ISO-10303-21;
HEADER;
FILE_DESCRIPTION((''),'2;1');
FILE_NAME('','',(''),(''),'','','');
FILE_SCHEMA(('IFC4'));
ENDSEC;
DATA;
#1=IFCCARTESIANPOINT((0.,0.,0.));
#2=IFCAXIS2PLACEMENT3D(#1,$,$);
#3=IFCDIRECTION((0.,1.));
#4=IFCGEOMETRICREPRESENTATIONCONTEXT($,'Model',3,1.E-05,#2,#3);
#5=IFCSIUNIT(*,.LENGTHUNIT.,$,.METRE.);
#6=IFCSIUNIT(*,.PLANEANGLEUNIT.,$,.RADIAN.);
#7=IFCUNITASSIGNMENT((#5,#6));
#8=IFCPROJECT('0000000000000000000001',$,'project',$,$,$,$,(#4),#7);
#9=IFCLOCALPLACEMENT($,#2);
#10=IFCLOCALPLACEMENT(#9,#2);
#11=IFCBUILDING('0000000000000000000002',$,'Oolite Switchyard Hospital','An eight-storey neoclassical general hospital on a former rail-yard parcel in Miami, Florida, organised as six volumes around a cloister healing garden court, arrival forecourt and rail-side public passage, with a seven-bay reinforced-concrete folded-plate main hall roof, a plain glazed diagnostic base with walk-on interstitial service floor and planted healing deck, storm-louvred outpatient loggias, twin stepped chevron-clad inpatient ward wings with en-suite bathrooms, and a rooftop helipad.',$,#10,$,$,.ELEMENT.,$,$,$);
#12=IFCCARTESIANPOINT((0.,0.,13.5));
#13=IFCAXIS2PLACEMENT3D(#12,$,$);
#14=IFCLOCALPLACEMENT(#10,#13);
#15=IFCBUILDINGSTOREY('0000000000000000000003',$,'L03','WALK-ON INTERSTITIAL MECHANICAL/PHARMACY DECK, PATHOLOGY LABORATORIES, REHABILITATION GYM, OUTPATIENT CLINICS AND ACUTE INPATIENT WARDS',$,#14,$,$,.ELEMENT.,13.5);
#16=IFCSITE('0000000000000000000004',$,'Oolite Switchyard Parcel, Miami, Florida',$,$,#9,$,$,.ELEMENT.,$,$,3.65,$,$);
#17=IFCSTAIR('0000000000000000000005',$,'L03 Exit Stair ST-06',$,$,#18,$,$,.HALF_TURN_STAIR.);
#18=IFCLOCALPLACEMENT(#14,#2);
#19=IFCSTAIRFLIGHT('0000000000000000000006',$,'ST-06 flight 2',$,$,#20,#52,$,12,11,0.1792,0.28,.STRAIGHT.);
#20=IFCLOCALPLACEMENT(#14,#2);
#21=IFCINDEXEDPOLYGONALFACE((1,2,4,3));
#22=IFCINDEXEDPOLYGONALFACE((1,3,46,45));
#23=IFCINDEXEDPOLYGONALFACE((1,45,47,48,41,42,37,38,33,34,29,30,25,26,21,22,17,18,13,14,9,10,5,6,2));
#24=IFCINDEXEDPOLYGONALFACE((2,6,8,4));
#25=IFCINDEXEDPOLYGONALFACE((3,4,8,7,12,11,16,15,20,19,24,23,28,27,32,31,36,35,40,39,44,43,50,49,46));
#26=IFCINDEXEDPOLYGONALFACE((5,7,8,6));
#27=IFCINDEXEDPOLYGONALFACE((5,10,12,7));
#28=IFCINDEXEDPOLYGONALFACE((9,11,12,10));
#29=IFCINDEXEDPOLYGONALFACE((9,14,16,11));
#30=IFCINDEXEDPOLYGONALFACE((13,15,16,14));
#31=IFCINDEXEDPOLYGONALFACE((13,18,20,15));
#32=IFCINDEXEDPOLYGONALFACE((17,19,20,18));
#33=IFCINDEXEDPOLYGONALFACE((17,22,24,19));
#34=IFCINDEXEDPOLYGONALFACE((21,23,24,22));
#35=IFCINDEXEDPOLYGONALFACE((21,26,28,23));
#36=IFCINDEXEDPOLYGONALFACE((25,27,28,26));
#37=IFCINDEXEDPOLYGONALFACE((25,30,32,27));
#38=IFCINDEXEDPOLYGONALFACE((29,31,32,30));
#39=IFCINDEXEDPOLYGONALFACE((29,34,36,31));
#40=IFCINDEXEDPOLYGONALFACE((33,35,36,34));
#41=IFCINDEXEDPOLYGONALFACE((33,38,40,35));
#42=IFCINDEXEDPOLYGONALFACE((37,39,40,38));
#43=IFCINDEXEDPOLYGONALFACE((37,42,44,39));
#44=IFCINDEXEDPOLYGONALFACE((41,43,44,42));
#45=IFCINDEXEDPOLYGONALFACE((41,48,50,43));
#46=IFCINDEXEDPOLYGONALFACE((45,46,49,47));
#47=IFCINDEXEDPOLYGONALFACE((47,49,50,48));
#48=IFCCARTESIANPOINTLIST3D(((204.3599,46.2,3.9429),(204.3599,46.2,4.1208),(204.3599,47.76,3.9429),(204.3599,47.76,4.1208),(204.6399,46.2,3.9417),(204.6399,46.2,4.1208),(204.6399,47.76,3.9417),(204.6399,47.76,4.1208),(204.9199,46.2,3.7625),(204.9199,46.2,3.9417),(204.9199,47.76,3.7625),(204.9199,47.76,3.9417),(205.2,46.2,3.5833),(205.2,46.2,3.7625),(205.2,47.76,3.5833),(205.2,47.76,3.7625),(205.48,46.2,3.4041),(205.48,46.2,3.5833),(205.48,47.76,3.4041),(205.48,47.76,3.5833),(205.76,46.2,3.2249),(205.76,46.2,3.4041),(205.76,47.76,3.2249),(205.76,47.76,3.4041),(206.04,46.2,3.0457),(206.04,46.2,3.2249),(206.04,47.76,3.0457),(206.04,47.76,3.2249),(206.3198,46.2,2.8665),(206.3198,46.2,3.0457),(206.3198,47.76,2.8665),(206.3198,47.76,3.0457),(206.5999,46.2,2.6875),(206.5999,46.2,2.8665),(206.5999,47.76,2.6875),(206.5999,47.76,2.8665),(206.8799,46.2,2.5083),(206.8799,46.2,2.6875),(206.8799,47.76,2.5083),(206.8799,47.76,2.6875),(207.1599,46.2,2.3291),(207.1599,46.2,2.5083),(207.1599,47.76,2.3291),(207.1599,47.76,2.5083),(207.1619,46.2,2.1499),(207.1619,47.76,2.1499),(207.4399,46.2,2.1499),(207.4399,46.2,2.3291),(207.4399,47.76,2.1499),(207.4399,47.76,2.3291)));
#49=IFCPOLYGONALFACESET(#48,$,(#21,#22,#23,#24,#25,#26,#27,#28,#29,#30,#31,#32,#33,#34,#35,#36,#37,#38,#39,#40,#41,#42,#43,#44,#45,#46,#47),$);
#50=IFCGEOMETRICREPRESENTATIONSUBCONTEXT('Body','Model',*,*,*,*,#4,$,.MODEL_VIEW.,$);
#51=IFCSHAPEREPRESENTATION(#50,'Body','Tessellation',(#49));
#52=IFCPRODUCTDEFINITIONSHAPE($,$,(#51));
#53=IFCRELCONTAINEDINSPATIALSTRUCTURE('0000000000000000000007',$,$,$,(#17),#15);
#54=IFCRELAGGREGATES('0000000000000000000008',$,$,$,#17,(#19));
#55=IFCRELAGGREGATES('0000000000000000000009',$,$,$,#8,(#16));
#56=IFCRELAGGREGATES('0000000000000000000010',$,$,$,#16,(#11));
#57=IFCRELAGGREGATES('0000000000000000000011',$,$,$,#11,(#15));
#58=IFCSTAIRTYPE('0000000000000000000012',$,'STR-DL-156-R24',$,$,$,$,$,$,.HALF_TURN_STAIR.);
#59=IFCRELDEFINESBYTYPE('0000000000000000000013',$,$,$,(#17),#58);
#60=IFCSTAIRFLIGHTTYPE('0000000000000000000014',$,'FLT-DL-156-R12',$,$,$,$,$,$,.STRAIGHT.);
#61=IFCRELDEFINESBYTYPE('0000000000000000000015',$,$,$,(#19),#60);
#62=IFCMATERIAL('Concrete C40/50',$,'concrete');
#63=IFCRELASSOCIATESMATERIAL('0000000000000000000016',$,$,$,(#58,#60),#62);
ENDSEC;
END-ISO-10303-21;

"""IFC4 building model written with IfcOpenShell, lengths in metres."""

from ifc_helpers import new_model, si_unit, direction, frame, origin, place, context, subcontext, project, spatial, polyline, outline, extrude, material, type_object, element, aggregate, save


model = new_model("IFC4")

# Units and contexts
model_context = context("Model", 3, precision=1e-05, world=origin(), true_north=direction((0.0, 1.0)))
body_context = subcontext(model_context, "Body", "Model", "MODEL_VIEW")
ifc_project = project(units=[si_unit("LENGTHUNIT", "METRE"), si_unit("PLANEANGLEUNIT", "RADIAN")], contexts=[model_context])

# Site, building, storey
site_placement = place(None, origin())
site = spatial("IfcSite", under=ifc_project, at=site_placement, Name="Oolite Switchyard Parcel, Miami, Florida", CompositionType="ELEMENT", RefElevation=3.65)
building_placement = place(site_placement, origin())
building = spatial("IfcBuilding", under=site, at=building_placement, Name="Oolite Switchyard Hospital", Description="An eight-storey neoclassical general hospital on a former rail-yard parcel in Miami, Florida, organised as six volumes around a cloister healing garden court, arrival forecourt and rail-side public passage, with a seven-bay reinforced-concrete folded-plate main hall roof, a plain glazed diagnostic base with walk-on interstitial service floor and planted healing deck, storm-louvred outpatient loggias, twin stepped chevron-clad inpatient ward wings with en-suite bathrooms, and a rooftop helipad.", CompositionType="ELEMENT")
storey_placement = place(building_placement, frame((0.0, 0.0, 13.5)))
storey = spatial("IfcBuildingStorey", under=building, at=storey_placement, Name="L03", Description="WALK-ON INTERSTITIAL MECHANICAL/PHARMACY DECK, PATHOLOGY LABORATORIES, REHABILITATION GYM, OUTPATIENT CLINICS AND ACUTE INPATIENT WARDS", CompositionType="ELEMENT", Elevation=13.5)

# Shared definitions
ifc_material_1 = material(Name="Concrete C40/50", Category="concrete")

# Stair, stair flight
stair_type = type_object("IfcStairType", Name="STR-DL-156-R24", PredefinedType="HALF_TURN_STAIR", material=ifc_material_1)
stair_placement = place(storey_placement, origin())
stair = element("IfcStair", 1, at=stair_placement, inside=storey, type_object=stair_type, Name="L03 Exit Stair ST-06", PredefinedType="HALF_TURN_STAIR")
stair_flight_type = type_object("IfcStairFlightType", Name="FLT-DL-156-R12", PredefinedType="STRAIGHT", material=ifc_material_1)
stair_flight_1_placement = place(storey_placement, frame((207.4399, 46.98, 2.1499), z_axis=(0.0, 0.0, 1.0), x_axis=(-1.0, 0.0, 0.0)))
stair_flight_1 = element("IfcStairFlight", 2, at=stair_flight_1_placement, type_object=stair_flight_type, Name="ST-06 flight 2", NumberOfRisers=12, NumberOfTreads=11, PredefinedType="STRAIGHT", RiserHeight=0.1792, TreadLength=0.28, context=body_context, shape_type="SweptSolid", body=[
    extrude(outline(polyline([(0.0, 0.0), (0.0, 0.1792), (0.28, 0.1792), (0.28, 0.3584), (0.5601, 0.3584), (0.5601, 0.5376), (0.8401, 0.5376), (0.8401, 0.7166), (1.1201, 0.7166), (1.1201, 0.8958), (1.3999, 0.8958), (1.3999, 1.075), (1.6799, 1.075), (1.6799, 1.2542), (1.96, 1.2542), (1.96, 1.4333), (2.24, 1.4333), (2.24, 1.6125), (2.52, 1.6125), (2.52, 1.7917), (2.8, 1.7917), (2.8, 1.9709), (3.0801, 1.9709), (3.0801, 2.1499), (3.0801, 1.793), (0.2781, 0.0), (0.0, 0.0)])), frame((0.0, 0.78, 0.0), z_axis=(0.0, -1.0, 0.0), x_axis=(1.0, 0.0, 0.0)), (0.0, 0.0, 1.0), 1.5601),
])
aggregate(stair, [stair_flight_1])

save(model, "model.ifc")
